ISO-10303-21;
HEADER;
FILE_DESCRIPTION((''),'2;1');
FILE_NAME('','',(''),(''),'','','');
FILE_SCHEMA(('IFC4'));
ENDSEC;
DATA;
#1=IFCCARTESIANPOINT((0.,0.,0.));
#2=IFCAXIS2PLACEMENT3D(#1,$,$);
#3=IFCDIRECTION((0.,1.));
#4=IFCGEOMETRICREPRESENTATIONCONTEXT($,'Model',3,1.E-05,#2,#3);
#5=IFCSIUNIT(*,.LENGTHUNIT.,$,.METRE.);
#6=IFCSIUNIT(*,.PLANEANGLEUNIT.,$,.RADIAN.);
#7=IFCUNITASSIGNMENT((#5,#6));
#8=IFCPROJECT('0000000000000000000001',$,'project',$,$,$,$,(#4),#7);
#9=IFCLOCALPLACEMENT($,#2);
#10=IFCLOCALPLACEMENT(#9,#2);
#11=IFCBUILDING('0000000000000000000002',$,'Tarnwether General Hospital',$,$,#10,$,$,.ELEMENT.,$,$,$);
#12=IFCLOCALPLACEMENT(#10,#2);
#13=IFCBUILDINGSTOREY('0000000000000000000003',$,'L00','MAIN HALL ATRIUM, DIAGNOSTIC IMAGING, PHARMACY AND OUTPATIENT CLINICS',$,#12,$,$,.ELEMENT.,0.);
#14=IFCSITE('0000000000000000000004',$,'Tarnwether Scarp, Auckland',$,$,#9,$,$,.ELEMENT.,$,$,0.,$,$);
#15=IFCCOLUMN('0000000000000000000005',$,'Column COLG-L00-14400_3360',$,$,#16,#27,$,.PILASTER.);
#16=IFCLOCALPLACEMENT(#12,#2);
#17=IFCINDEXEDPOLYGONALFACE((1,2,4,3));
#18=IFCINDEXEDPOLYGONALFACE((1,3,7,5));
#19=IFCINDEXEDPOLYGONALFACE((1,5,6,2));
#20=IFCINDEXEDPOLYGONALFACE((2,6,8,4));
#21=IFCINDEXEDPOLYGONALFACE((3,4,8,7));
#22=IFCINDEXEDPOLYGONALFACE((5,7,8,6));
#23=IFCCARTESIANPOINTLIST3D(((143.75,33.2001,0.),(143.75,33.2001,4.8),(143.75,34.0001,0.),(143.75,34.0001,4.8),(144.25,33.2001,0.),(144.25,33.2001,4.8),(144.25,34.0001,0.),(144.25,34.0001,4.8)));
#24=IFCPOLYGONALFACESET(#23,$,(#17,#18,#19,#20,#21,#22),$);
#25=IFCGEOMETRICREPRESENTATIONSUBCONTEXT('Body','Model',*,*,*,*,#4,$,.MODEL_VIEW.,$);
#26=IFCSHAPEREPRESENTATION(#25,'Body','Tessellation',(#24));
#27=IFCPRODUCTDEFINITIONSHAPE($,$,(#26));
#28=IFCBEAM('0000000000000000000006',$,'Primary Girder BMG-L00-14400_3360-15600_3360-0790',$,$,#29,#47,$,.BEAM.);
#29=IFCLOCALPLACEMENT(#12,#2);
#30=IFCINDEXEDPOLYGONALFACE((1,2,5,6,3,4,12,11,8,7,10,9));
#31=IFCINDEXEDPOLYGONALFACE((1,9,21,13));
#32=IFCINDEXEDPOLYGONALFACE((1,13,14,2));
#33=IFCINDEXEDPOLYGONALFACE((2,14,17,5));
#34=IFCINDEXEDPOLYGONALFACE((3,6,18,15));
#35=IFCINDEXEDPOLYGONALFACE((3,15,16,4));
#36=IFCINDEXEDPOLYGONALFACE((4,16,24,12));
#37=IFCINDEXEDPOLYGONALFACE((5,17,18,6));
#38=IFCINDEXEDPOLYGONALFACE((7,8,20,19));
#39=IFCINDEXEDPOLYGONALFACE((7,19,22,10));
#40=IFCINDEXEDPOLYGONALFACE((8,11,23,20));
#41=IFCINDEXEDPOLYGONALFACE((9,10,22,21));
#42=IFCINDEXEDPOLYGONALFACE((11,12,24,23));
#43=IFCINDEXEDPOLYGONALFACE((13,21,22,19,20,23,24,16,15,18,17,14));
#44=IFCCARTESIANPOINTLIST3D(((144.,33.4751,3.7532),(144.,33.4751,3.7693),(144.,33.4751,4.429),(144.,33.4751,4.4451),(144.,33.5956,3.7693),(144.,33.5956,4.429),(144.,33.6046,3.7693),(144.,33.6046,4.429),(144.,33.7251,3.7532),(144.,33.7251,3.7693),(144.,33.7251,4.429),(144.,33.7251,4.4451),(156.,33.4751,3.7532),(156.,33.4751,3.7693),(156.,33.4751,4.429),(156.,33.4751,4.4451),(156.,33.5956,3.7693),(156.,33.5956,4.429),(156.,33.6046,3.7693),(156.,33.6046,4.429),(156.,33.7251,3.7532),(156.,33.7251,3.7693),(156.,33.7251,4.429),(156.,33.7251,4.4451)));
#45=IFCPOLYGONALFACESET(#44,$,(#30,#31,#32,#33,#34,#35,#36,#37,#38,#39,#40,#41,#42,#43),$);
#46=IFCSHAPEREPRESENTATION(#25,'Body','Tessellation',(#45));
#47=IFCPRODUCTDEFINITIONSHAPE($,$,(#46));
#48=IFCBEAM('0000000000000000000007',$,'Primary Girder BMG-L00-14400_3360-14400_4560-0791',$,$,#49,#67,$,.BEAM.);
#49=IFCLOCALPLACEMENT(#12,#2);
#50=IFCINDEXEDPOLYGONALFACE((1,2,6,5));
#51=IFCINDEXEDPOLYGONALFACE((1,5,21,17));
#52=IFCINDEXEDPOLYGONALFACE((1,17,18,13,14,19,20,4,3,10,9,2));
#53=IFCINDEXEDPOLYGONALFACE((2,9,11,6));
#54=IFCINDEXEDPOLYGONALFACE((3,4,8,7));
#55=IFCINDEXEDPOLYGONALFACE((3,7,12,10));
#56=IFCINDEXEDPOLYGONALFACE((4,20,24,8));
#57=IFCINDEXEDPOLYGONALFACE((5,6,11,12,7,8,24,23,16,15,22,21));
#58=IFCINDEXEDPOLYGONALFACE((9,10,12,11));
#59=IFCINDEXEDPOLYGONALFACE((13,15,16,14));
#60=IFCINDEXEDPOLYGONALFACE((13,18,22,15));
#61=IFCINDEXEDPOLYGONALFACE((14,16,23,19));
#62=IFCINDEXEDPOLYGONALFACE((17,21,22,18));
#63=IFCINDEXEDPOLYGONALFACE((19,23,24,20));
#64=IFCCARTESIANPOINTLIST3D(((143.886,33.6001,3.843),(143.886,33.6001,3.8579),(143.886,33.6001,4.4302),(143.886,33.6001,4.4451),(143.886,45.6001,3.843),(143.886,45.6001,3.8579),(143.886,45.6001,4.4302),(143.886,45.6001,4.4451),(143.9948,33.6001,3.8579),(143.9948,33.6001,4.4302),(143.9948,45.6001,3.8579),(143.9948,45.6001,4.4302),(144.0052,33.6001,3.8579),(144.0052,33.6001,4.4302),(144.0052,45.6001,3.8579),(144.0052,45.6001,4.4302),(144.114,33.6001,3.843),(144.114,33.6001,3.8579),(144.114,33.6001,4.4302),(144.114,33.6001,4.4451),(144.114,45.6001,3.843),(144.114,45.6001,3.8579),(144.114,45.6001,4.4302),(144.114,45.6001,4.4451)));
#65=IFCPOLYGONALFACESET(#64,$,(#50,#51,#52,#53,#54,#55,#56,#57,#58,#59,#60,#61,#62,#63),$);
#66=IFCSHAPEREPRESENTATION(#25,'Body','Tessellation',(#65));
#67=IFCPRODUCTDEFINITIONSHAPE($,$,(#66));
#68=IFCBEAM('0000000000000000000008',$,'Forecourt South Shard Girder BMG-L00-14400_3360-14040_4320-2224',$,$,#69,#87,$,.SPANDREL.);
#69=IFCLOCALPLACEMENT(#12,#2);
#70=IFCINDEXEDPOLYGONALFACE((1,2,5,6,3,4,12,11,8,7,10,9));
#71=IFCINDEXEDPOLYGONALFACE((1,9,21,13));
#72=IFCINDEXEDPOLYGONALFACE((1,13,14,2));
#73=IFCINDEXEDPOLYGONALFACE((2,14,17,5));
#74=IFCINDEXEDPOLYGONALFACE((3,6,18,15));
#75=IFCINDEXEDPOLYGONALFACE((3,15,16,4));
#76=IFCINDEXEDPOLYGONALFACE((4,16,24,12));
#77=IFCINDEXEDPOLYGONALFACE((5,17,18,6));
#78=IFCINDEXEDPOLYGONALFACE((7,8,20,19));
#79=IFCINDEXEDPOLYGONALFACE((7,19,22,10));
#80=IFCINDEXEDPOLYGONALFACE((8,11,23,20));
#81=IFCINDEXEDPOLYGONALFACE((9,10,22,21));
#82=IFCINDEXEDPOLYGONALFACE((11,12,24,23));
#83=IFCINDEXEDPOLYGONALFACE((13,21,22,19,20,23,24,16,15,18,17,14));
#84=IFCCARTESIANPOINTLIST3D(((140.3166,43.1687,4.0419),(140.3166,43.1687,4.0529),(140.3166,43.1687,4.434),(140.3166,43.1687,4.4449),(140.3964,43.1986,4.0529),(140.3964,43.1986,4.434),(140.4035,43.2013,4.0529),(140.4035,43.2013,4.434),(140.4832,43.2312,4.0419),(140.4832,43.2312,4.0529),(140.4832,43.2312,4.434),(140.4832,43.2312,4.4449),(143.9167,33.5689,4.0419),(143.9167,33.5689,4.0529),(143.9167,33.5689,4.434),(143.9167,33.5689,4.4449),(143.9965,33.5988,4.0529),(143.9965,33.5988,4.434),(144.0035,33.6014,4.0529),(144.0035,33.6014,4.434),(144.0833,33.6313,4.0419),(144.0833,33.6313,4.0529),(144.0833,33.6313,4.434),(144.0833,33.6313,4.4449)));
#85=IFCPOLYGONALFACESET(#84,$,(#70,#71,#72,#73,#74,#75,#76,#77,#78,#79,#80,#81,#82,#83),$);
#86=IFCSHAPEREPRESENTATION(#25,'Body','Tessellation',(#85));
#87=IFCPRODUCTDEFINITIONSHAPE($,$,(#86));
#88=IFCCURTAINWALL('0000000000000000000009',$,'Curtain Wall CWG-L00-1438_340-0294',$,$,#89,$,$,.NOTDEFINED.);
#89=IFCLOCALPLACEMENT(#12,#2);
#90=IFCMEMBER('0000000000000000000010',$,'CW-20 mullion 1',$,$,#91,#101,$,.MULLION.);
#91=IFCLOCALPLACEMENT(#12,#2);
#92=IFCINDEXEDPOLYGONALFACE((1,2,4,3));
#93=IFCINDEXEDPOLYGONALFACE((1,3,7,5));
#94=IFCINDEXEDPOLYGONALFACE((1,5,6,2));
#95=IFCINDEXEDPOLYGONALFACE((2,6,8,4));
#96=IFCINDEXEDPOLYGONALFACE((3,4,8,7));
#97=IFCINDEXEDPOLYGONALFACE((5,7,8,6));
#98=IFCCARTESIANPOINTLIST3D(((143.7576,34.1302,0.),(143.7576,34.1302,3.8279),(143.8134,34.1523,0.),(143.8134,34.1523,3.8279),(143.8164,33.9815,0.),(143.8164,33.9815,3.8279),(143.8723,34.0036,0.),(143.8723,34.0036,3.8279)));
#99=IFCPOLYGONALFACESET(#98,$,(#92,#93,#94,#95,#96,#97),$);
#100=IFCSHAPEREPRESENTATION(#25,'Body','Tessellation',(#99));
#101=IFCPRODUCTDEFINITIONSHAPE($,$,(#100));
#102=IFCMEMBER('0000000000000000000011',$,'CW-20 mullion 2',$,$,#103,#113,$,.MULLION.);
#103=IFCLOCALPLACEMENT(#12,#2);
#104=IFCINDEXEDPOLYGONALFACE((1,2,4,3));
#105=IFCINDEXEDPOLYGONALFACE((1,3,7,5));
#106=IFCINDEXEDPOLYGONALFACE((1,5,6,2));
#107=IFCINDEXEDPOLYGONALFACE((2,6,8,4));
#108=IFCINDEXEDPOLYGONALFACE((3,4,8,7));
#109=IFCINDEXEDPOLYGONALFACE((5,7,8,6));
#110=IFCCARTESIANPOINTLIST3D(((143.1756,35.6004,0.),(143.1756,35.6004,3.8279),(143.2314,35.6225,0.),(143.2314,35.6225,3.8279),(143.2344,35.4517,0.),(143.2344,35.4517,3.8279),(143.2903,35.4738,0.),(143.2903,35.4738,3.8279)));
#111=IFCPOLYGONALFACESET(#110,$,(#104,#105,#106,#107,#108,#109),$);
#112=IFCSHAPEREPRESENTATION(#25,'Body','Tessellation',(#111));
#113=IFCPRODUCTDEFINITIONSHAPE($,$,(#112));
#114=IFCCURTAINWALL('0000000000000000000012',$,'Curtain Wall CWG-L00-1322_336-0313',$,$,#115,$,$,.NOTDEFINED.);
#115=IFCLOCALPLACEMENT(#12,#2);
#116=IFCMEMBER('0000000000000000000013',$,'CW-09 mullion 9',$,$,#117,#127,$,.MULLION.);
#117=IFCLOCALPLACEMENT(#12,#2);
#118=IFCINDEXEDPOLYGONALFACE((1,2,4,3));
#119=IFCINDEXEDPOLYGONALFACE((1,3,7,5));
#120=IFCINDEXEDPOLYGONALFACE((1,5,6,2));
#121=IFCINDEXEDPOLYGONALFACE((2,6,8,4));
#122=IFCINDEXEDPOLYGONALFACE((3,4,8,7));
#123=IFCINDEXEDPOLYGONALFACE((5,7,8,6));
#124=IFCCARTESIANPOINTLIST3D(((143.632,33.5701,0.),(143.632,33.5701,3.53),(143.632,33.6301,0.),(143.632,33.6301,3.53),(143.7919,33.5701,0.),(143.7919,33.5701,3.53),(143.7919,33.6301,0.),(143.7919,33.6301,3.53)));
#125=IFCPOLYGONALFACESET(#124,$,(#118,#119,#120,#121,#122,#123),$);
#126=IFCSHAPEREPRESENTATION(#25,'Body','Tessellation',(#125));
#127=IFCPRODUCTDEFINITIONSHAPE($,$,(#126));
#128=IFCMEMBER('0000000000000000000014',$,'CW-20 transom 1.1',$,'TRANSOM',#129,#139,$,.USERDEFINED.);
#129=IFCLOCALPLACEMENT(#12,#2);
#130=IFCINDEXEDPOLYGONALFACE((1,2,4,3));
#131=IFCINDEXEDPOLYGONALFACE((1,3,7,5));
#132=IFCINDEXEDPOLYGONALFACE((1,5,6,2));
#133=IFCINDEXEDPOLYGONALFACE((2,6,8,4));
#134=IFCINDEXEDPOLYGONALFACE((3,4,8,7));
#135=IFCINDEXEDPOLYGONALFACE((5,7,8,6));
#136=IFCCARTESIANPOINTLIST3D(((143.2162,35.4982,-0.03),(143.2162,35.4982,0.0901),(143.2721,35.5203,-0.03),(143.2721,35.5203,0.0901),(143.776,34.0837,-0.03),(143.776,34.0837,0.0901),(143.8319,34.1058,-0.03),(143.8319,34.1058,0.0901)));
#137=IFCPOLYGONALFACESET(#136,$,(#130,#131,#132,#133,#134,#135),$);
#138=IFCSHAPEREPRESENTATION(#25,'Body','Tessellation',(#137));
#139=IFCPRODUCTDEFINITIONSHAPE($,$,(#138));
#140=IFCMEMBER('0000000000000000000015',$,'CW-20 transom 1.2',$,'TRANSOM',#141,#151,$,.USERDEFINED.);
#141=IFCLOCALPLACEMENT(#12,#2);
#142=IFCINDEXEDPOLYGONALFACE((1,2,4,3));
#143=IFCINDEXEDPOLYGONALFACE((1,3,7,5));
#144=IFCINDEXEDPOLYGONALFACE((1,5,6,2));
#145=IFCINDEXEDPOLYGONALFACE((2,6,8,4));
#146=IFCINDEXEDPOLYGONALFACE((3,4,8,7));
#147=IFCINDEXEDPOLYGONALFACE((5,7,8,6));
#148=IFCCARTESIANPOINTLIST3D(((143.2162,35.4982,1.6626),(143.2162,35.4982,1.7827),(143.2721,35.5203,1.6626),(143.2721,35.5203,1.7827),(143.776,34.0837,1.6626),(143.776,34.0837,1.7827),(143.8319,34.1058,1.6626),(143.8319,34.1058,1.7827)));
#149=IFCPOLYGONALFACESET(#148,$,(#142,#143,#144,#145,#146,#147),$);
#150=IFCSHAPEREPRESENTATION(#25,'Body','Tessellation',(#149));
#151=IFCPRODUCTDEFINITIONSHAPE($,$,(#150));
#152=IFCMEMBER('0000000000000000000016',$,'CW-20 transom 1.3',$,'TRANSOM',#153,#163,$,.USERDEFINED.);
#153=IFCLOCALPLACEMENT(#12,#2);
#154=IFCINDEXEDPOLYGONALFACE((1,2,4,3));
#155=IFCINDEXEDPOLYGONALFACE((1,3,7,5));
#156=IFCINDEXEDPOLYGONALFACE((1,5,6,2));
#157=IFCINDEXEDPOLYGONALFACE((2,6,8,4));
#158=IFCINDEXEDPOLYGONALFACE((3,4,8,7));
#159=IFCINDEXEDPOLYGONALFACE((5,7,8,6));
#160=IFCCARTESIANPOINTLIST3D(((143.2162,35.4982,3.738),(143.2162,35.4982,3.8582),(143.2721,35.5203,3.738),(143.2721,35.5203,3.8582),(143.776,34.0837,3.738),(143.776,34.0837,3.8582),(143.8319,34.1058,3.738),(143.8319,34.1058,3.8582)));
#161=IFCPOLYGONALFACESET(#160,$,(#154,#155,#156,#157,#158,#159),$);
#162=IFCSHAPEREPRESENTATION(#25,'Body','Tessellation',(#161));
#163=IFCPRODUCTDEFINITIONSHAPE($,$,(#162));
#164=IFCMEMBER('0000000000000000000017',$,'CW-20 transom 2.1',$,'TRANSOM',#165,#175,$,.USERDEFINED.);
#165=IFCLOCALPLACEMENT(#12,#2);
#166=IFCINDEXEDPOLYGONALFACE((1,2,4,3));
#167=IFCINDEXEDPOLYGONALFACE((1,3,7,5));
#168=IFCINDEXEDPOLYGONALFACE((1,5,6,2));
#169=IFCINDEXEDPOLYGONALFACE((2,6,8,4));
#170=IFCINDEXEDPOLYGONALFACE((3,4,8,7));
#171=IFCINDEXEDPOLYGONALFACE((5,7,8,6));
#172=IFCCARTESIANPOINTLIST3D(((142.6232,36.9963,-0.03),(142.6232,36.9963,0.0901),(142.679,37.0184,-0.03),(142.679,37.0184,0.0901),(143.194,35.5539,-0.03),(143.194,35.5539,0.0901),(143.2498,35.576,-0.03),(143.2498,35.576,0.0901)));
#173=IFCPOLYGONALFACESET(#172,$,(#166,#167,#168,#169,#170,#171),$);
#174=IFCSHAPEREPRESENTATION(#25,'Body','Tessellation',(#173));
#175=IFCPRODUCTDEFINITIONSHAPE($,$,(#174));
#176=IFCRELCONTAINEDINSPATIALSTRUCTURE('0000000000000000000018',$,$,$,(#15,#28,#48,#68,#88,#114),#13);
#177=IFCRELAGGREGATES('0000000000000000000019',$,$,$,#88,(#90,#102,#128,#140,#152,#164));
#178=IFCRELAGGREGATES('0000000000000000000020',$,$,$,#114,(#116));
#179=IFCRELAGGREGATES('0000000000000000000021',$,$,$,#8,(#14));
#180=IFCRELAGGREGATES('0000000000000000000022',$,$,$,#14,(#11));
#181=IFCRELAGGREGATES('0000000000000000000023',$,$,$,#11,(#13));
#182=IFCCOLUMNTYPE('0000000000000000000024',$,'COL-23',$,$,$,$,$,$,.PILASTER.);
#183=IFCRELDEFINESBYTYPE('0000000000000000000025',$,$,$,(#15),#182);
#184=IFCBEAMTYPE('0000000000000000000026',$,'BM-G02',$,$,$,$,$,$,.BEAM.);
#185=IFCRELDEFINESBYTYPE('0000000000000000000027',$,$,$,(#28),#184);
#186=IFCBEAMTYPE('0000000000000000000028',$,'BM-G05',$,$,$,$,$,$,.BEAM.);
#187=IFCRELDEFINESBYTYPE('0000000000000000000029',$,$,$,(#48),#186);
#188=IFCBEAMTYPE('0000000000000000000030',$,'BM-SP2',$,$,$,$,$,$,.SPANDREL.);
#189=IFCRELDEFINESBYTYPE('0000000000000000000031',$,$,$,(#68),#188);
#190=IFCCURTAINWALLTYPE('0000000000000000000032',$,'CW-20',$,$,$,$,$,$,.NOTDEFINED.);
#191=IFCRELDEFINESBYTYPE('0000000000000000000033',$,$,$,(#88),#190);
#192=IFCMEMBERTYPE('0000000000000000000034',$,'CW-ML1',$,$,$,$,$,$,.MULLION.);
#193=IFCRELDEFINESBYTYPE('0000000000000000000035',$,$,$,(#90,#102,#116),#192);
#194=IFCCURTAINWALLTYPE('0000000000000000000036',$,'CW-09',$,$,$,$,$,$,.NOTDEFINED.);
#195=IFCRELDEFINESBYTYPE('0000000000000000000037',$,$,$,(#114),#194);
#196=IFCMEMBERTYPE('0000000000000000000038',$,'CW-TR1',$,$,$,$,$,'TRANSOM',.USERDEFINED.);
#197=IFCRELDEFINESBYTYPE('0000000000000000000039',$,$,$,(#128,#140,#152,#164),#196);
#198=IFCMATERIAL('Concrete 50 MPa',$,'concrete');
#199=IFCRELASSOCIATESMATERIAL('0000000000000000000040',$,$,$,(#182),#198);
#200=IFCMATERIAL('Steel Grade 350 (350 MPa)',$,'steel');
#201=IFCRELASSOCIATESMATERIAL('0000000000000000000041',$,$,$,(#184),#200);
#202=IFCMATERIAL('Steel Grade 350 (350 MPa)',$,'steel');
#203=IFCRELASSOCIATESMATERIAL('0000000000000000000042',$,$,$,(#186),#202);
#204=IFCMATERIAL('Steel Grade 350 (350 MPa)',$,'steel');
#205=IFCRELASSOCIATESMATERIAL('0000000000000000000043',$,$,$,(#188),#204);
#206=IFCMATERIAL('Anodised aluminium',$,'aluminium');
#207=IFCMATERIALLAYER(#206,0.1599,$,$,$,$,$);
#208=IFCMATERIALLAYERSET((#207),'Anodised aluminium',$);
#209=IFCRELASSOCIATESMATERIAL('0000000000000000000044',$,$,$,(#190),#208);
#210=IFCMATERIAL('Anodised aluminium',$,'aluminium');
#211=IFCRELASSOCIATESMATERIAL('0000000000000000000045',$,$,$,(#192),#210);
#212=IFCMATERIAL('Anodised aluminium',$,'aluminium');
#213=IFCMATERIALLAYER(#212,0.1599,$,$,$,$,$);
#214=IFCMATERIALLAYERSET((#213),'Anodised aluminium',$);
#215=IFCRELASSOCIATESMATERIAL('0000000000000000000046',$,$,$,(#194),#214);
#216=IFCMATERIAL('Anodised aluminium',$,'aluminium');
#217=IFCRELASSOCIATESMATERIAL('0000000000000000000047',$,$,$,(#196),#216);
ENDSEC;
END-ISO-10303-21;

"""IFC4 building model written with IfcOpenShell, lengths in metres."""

from ifc_helpers import new_model, si_unit, direction, frame, origin, origin_2d, place, context, subcontext, project, spatial, rectangle, i_section, extrude, material, layer, layer_set, material_profile, profile_set, type_object, element, aggregate, save


model = new_model("IFC4")

# Units and contexts
model_context = context("Model", 3, precision=1e-05, world=origin(), true_north=direction((0.0, 1.0)))
body_context = subcontext(model_context, "Body", "Model", "MODEL_VIEW")
ifc_project = project(units=[si_unit("LENGTHUNIT", "METRE"), si_unit("PLANEANGLEUNIT", "RADIAN")], contexts=[model_context])

# Site, building, storey
site_placement = place(None, origin())
site = spatial("IfcSite", under=ifc_project, at=site_placement, Name="Tarnwether Scarp, Auckland", CompositionType="ELEMENT", RefElevation=0.0)
building_placement = place(site_placement, origin())
building = spatial("IfcBuilding", under=site, at=building_placement, Name="Tarnwether General Hospital", CompositionType="ELEMENT")
storey_placement = place(building_placement, origin())
storey = spatial("IfcBuildingStorey", under=building, at=storey_placement, Name="L00", Description="MAIN HALL ATRIUM, DIAGNOSTIC IMAGING, PHARMACY AND OUTPATIENT CLINICS", CompositionType="ELEMENT", Elevation=0.0)

# Column
ifc_material_1 = material(Name="Concrete 50 MPa", Category="concrete")
ifc_material_profile_1 = material_profile(ifc_material_1, rectangle(XDim=0.5, YDim=0.8, at=origin_2d()), Name="RC-PIL-500x800")
ifc_profile_set_1 = profile_set([ifc_material_profile_1], Name="Concrete 50 MPa")
column_type = type_object("IfcColumnType", Name="COL-23", PredefinedType="PILASTER", material=ifc_profile_set_1)
column_placement = place(storey_placement, frame((144.0, 33.6001, 0.0), z_axis=(0.0, 0.0, 1.0), x_axis=(1.0, 0.0, 0.0)))
element("IfcColumn", 1, at=column_placement, inside=storey, type_object=column_type, Name="Column COLG-L00-14400_3360", PredefinedType="PILASTER", context=body_context, shape_type="SweptSolid", body=[
    extrude(rectangle(XDim=0.5, YDim=0.8, at=origin_2d()), origin(), (0.0, 0.0, 1.0), 4.8),
])

# Beams
ifc_material_2 = material(Name="Steel Grade 350 (350 MPa)", Category="steel")
ifc_material_profile_2 = material_profile(ifc_material_2, i_section(OverallWidth=0.25, OverallDepth=0.6919, WebThickness=0.009, FlangeThickness=0.0161, at=origin_2d()), Name="700WB115")
ifc_profile_set_2 = profile_set([ifc_material_profile_2], Name="Steel Grade 350 (350 MPa)")
beam_type_1 = type_object("IfcBeamType", Name="BM-G02", PredefinedType="BEAM", material=ifc_profile_set_2)
beam_1_placement = place(storey_placement, frame((144.0, 33.6001, 4.0991), z_axis=(1.0, 0.0, 0.0), x_axis=(0.0, 1.0, 0.0)))
element("IfcBeam", 2, at=beam_1_placement, inside=storey, type_object=beam_type_1, Name="Primary Girder BMG-L00-14400_3360-15600_3360-0790", PredefinedType="BEAM", context=body_context, shape_type="SweptSolid", body=[
    extrude(i_section(OverallWidth=0.25, OverallDepth=0.6919, WebThickness=0.009, FlangeThickness=0.0161, at=origin_2d()), origin(), (0.0, 0.0, 1.0), 12.0),
])
ifc_material_3 = material(Name="Steel Grade 350 (350 MPa)", Category="steel")
ifc_material_profile_3 = material_profile(ifc_material_3, i_section(OverallWidth=0.228, OverallDepth=0.6021, WebThickness=0.0105, FlangeThickness=0.0149, at=origin_2d()), Name="610UB101")
ifc_profile_set_3 = profile_set([ifc_material_profile_3], Name="Steel Grade 350 (350 MPa)")
beam_type_2 = type_object("IfcBeamType", Name="BM-G05", PredefinedType="BEAM", material=ifc_profile_set_3)
beam_2_placement = place(storey_placement, frame((144.0, 33.6001, 4.144), z_axis=(0.0, 1.0, 0.0), x_axis=(-1.0, 0.0, 0.0)))
element("IfcBeam", 3, at=beam_2_placement, inside=storey, type_object=beam_type_2, Name="Primary Girder BMG-L00-14400_3360-14400_4560-0791", PredefinedType="BEAM", context=body_context, shape_type="SweptSolid", body=[
    extrude(i_section(OverallWidth=0.228, OverallDepth=0.6021, WebThickness=0.0105, FlangeThickness=0.0149, at=origin_2d()), origin(), (0.0, 0.0, 1.0), 12.0),
])
ifc_material_4 = material(Name="Steel Grade 350 (350 MPa)", Category="steel")
ifc_material_profile_4 = material_profile(ifc_material_4, i_section(OverallWidth=0.178, OverallDepth=0.4031, WebThickness=0.0076, FlangeThickness=0.011, at=origin_2d()), Name="410UB53.7")
ifc_profile_set_4 = profile_set([ifc_material_profile_4], Name="Steel Grade 350 (350 MPa)")
beam_type_3 = type_object("IfcBeamType", Name="BM-SP2", PredefinedType="SPANDREL", material=ifc_profile_set_4)
beam_3_placement = place(storey_placement, frame((144.0, 33.6001, 4.2434), z_axis=(-0.351136, 0.936324, 0.0), x_axis=(-0.936324, -0.351136, 0.0)))
element("IfcBeam", 4, at=beam_3_placement, inside=storey, type_object=beam_type_3, Name="Forecourt South Shard Girder BMG-L00-14400_3360-14040_4320-2224", PredefinedType="SPANDREL", context=body_context, shape_type="SweptSolid", body=[
    extrude(i_section(OverallWidth=0.178, OverallDepth=0.4031, WebThickness=0.0076, FlangeThickness=0.011, at=origin_2d()), origin(), (0.0, 0.0, 1.0), 10.2527),
])

# Curtain wall, members
ifc_material_5 = material(Name="Anodised aluminium", Category="aluminium")
ifc_layer_1 = layer(ifc_material_5, 0.1599)
ifc_layer_set_1 = layer_set([ifc_layer_1], Name="Anodised aluminium")
curtain_wall_type_1 = type_object("IfcCurtainWallType", Name="CW-20", PredefinedType="NOTDEFINED", material=ifc_layer_set_1)
curtain_wall_1_placement = place(storey_placement, origin())
curtain_wall_1 = element("IfcCurtainWall", 5, at=curtain_wall_1_placement, inside=storey, type_object=curtain_wall_type_1, Name="Curtain Wall CWG-L00-1438_340-0294", PredefinedType="NOTDEFINED")
ifc_material_6 = material(Name="Anodised aluminium", Category="aluminium")
ifc_material_profile_5 = material_profile(ifc_material_6, rectangle(XDim=0.0601, YDim=0.1599, at=origin_2d()), Name="ALU-MUL-60x160")
ifc_profile_set_5 = profile_set([ifc_material_profile_5], Name="Anodised aluminium")
member_type_1 = type_object("IfcMemberType", Name="CW-ML1", PredefinedType="MULLION", material=ifc_profile_set_5)
member_1_placement = place(storey_placement, frame((143.8149, 34.0669, 0.0), z_axis=(0.0, 0.0, 1.0), x_axis=(-0.929812, -0.368035, 0.0)))
member_1 = element("IfcMember", 6, at=member_1_placement, type_object=member_type_1, Name="CW-20 mullion 1", PredefinedType="MULLION", context=body_context, shape_type="SweptSolid", body=[
    extrude(rectangle(XDim=0.0601, YDim=0.1599, at=origin_2d()), origin(), (0.0, 0.0, 1.0), 3.8279),
])
member_2_placement = place(storey_placement, frame((143.2329, 35.5371, 0.0), z_axis=(0.0, 0.0, 1.0), x_axis=(-0.929812, -0.368035, 0.0)))
member_2 = element("IfcMember", 7, at=member_2_placement, type_object=member_type_1, Name="CW-20 mullion 2", PredefinedType="MULLION", context=body_context, shape_type="SweptSolid", body=[
    extrude(rectangle(XDim=0.0601, YDim=0.1599, at=origin_2d()), origin(), (0.0, 0.0, 1.0), 3.8279),
])

# Curtain wall, member
ifc_material_7 = material(Name="Anodised aluminium", Category="aluminium")
ifc_layer_2 = layer(ifc_material_7, 0.1599)
ifc_layer_set_2 = layer_set([ifc_layer_2], Name="Anodised aluminium")
curtain_wall_type_2 = type_object("IfcCurtainWallType", Name="CW-09", PredefinedType="NOTDEFINED", material=ifc_layer_set_2)
curtain_wall_2_placement = place(storey_placement, origin())
curtain_wall_2 = element("IfcCurtainWall", 8, at=curtain_wall_2_placement, inside=storey, type_object=curtain_wall_type_2, Name="Curtain Wall CWG-L00-1322_336-0313", PredefinedType="NOTDEFINED")
member_3_placement = place(storey_placement, frame((143.7119, 33.6001, 0.0), z_axis=(0.0, 0.0, 1.0), x_axis=(0.0, 1.0, 0.0)))
member_3 = element("IfcMember", 9, at=member_3_placement, type_object=member_type_1, Name="CW-09 mullion 9", PredefinedType="MULLION", context=body_context, shape_type="SweptSolid", body=[
    extrude(rectangle(XDim=0.0601, YDim=0.1599, at=origin_2d()), origin(), (0.0, 0.0, 1.0), 3.53),
])

# Members
ifc_material_8 = material(Name="Anodised aluminium", Category="aluminium")
ifc_material_profile_6 = material_profile(ifc_material_8, rectangle(XDim=0.0601, YDim=0.1201, at=origin_2d()), Name="ALU-TRN-60x120")
ifc_profile_set_6 = profile_set([ifc_material_profile_6], Name="Anodised aluminium")
member_type_2 = type_object("IfcMemberType", Name="CW-TR1", ElementType="TRANSOM", PredefinedType="USERDEFINED", material=ifc_profile_set_6)
member_4_placement = place(storey_placement, frame((143.804, 34.0947, 0.03), z_axis=(-0.367985, 0.929832, 0.0), x_axis=(-0.929832, -0.367985, 0.0)))
member_4 = element("IfcMember", 10, at=member_4_placement, type_object=member_type_2, Name="CW-20 transom 1.1", ObjectType="TRANSOM", PredefinedType="USERDEFINED", context=body_context, shape_type="SweptSolid", body=[
    extrude(rectangle(XDim=0.0601, YDim=0.1201, at=origin_2d()), origin(), (0.0, 0.0, 1.0), 1.5212),
])
member_5_placement = place(storey_placement, frame((143.804, 34.0947, 1.7227), z_axis=(-0.367985, 0.929832, 0.0), x_axis=(-0.929832, -0.367985, 0.0)))
member_5 = element("IfcMember", 11, at=member_5_placement, type_object=member_type_2, Name="CW-20 transom 1.2", ObjectType="TRANSOM", PredefinedType="USERDEFINED", context=body_context, shape_type="SweptSolid", body=[
    extrude(rectangle(XDim=0.0601, YDim=0.1201, at=origin_2d()), origin(), (0.0, 0.0, 1.0), 1.5212),
])
member_6_placement = place(storey_placement, frame((143.804, 34.0947, 3.7981), z_axis=(-0.367985, 0.929832, 0.0), x_axis=(-0.929832, -0.367985, 0.0)))
member_6 = element("IfcMember", 12, at=member_6_placement, type_object=member_type_2, Name="CW-20 transom 1.3", ObjectType="TRANSOM", PredefinedType="USERDEFINED", context=body_context, shape_type="SweptSolid", body=[
    extrude(rectangle(XDim=0.0601, YDim=0.1201, at=origin_2d()), origin(), (0.0, 0.0, 1.0), 1.5212),
])
member_7_placement = place(storey_placement, frame((143.2219, 35.5649, 0.03), z_axis=(-0.367969, 0.929838, 0.0), x_axis=(-0.929838, -0.367969, 0.0)))
member_7 = element("IfcMember", 13, at=member_7_placement, type_object=member_type_2, Name="CW-20 transom 2.1", ObjectType="TRANSOM", PredefinedType="USERDEFINED", context=body_context, shape_type="SweptSolid", body=[
    extrude(rectangle(XDim=0.0601, YDim=0.1201, at=origin_2d()), origin(), (0.0, 0.0, 1.0), 1.5513),
])

aggregate(curtain_wall_1, [member_1, member_2, member_4, member_5, member_6, member_7])
aggregate(curtain_wall_2, [member_3])

save(model, "model.ifc")
